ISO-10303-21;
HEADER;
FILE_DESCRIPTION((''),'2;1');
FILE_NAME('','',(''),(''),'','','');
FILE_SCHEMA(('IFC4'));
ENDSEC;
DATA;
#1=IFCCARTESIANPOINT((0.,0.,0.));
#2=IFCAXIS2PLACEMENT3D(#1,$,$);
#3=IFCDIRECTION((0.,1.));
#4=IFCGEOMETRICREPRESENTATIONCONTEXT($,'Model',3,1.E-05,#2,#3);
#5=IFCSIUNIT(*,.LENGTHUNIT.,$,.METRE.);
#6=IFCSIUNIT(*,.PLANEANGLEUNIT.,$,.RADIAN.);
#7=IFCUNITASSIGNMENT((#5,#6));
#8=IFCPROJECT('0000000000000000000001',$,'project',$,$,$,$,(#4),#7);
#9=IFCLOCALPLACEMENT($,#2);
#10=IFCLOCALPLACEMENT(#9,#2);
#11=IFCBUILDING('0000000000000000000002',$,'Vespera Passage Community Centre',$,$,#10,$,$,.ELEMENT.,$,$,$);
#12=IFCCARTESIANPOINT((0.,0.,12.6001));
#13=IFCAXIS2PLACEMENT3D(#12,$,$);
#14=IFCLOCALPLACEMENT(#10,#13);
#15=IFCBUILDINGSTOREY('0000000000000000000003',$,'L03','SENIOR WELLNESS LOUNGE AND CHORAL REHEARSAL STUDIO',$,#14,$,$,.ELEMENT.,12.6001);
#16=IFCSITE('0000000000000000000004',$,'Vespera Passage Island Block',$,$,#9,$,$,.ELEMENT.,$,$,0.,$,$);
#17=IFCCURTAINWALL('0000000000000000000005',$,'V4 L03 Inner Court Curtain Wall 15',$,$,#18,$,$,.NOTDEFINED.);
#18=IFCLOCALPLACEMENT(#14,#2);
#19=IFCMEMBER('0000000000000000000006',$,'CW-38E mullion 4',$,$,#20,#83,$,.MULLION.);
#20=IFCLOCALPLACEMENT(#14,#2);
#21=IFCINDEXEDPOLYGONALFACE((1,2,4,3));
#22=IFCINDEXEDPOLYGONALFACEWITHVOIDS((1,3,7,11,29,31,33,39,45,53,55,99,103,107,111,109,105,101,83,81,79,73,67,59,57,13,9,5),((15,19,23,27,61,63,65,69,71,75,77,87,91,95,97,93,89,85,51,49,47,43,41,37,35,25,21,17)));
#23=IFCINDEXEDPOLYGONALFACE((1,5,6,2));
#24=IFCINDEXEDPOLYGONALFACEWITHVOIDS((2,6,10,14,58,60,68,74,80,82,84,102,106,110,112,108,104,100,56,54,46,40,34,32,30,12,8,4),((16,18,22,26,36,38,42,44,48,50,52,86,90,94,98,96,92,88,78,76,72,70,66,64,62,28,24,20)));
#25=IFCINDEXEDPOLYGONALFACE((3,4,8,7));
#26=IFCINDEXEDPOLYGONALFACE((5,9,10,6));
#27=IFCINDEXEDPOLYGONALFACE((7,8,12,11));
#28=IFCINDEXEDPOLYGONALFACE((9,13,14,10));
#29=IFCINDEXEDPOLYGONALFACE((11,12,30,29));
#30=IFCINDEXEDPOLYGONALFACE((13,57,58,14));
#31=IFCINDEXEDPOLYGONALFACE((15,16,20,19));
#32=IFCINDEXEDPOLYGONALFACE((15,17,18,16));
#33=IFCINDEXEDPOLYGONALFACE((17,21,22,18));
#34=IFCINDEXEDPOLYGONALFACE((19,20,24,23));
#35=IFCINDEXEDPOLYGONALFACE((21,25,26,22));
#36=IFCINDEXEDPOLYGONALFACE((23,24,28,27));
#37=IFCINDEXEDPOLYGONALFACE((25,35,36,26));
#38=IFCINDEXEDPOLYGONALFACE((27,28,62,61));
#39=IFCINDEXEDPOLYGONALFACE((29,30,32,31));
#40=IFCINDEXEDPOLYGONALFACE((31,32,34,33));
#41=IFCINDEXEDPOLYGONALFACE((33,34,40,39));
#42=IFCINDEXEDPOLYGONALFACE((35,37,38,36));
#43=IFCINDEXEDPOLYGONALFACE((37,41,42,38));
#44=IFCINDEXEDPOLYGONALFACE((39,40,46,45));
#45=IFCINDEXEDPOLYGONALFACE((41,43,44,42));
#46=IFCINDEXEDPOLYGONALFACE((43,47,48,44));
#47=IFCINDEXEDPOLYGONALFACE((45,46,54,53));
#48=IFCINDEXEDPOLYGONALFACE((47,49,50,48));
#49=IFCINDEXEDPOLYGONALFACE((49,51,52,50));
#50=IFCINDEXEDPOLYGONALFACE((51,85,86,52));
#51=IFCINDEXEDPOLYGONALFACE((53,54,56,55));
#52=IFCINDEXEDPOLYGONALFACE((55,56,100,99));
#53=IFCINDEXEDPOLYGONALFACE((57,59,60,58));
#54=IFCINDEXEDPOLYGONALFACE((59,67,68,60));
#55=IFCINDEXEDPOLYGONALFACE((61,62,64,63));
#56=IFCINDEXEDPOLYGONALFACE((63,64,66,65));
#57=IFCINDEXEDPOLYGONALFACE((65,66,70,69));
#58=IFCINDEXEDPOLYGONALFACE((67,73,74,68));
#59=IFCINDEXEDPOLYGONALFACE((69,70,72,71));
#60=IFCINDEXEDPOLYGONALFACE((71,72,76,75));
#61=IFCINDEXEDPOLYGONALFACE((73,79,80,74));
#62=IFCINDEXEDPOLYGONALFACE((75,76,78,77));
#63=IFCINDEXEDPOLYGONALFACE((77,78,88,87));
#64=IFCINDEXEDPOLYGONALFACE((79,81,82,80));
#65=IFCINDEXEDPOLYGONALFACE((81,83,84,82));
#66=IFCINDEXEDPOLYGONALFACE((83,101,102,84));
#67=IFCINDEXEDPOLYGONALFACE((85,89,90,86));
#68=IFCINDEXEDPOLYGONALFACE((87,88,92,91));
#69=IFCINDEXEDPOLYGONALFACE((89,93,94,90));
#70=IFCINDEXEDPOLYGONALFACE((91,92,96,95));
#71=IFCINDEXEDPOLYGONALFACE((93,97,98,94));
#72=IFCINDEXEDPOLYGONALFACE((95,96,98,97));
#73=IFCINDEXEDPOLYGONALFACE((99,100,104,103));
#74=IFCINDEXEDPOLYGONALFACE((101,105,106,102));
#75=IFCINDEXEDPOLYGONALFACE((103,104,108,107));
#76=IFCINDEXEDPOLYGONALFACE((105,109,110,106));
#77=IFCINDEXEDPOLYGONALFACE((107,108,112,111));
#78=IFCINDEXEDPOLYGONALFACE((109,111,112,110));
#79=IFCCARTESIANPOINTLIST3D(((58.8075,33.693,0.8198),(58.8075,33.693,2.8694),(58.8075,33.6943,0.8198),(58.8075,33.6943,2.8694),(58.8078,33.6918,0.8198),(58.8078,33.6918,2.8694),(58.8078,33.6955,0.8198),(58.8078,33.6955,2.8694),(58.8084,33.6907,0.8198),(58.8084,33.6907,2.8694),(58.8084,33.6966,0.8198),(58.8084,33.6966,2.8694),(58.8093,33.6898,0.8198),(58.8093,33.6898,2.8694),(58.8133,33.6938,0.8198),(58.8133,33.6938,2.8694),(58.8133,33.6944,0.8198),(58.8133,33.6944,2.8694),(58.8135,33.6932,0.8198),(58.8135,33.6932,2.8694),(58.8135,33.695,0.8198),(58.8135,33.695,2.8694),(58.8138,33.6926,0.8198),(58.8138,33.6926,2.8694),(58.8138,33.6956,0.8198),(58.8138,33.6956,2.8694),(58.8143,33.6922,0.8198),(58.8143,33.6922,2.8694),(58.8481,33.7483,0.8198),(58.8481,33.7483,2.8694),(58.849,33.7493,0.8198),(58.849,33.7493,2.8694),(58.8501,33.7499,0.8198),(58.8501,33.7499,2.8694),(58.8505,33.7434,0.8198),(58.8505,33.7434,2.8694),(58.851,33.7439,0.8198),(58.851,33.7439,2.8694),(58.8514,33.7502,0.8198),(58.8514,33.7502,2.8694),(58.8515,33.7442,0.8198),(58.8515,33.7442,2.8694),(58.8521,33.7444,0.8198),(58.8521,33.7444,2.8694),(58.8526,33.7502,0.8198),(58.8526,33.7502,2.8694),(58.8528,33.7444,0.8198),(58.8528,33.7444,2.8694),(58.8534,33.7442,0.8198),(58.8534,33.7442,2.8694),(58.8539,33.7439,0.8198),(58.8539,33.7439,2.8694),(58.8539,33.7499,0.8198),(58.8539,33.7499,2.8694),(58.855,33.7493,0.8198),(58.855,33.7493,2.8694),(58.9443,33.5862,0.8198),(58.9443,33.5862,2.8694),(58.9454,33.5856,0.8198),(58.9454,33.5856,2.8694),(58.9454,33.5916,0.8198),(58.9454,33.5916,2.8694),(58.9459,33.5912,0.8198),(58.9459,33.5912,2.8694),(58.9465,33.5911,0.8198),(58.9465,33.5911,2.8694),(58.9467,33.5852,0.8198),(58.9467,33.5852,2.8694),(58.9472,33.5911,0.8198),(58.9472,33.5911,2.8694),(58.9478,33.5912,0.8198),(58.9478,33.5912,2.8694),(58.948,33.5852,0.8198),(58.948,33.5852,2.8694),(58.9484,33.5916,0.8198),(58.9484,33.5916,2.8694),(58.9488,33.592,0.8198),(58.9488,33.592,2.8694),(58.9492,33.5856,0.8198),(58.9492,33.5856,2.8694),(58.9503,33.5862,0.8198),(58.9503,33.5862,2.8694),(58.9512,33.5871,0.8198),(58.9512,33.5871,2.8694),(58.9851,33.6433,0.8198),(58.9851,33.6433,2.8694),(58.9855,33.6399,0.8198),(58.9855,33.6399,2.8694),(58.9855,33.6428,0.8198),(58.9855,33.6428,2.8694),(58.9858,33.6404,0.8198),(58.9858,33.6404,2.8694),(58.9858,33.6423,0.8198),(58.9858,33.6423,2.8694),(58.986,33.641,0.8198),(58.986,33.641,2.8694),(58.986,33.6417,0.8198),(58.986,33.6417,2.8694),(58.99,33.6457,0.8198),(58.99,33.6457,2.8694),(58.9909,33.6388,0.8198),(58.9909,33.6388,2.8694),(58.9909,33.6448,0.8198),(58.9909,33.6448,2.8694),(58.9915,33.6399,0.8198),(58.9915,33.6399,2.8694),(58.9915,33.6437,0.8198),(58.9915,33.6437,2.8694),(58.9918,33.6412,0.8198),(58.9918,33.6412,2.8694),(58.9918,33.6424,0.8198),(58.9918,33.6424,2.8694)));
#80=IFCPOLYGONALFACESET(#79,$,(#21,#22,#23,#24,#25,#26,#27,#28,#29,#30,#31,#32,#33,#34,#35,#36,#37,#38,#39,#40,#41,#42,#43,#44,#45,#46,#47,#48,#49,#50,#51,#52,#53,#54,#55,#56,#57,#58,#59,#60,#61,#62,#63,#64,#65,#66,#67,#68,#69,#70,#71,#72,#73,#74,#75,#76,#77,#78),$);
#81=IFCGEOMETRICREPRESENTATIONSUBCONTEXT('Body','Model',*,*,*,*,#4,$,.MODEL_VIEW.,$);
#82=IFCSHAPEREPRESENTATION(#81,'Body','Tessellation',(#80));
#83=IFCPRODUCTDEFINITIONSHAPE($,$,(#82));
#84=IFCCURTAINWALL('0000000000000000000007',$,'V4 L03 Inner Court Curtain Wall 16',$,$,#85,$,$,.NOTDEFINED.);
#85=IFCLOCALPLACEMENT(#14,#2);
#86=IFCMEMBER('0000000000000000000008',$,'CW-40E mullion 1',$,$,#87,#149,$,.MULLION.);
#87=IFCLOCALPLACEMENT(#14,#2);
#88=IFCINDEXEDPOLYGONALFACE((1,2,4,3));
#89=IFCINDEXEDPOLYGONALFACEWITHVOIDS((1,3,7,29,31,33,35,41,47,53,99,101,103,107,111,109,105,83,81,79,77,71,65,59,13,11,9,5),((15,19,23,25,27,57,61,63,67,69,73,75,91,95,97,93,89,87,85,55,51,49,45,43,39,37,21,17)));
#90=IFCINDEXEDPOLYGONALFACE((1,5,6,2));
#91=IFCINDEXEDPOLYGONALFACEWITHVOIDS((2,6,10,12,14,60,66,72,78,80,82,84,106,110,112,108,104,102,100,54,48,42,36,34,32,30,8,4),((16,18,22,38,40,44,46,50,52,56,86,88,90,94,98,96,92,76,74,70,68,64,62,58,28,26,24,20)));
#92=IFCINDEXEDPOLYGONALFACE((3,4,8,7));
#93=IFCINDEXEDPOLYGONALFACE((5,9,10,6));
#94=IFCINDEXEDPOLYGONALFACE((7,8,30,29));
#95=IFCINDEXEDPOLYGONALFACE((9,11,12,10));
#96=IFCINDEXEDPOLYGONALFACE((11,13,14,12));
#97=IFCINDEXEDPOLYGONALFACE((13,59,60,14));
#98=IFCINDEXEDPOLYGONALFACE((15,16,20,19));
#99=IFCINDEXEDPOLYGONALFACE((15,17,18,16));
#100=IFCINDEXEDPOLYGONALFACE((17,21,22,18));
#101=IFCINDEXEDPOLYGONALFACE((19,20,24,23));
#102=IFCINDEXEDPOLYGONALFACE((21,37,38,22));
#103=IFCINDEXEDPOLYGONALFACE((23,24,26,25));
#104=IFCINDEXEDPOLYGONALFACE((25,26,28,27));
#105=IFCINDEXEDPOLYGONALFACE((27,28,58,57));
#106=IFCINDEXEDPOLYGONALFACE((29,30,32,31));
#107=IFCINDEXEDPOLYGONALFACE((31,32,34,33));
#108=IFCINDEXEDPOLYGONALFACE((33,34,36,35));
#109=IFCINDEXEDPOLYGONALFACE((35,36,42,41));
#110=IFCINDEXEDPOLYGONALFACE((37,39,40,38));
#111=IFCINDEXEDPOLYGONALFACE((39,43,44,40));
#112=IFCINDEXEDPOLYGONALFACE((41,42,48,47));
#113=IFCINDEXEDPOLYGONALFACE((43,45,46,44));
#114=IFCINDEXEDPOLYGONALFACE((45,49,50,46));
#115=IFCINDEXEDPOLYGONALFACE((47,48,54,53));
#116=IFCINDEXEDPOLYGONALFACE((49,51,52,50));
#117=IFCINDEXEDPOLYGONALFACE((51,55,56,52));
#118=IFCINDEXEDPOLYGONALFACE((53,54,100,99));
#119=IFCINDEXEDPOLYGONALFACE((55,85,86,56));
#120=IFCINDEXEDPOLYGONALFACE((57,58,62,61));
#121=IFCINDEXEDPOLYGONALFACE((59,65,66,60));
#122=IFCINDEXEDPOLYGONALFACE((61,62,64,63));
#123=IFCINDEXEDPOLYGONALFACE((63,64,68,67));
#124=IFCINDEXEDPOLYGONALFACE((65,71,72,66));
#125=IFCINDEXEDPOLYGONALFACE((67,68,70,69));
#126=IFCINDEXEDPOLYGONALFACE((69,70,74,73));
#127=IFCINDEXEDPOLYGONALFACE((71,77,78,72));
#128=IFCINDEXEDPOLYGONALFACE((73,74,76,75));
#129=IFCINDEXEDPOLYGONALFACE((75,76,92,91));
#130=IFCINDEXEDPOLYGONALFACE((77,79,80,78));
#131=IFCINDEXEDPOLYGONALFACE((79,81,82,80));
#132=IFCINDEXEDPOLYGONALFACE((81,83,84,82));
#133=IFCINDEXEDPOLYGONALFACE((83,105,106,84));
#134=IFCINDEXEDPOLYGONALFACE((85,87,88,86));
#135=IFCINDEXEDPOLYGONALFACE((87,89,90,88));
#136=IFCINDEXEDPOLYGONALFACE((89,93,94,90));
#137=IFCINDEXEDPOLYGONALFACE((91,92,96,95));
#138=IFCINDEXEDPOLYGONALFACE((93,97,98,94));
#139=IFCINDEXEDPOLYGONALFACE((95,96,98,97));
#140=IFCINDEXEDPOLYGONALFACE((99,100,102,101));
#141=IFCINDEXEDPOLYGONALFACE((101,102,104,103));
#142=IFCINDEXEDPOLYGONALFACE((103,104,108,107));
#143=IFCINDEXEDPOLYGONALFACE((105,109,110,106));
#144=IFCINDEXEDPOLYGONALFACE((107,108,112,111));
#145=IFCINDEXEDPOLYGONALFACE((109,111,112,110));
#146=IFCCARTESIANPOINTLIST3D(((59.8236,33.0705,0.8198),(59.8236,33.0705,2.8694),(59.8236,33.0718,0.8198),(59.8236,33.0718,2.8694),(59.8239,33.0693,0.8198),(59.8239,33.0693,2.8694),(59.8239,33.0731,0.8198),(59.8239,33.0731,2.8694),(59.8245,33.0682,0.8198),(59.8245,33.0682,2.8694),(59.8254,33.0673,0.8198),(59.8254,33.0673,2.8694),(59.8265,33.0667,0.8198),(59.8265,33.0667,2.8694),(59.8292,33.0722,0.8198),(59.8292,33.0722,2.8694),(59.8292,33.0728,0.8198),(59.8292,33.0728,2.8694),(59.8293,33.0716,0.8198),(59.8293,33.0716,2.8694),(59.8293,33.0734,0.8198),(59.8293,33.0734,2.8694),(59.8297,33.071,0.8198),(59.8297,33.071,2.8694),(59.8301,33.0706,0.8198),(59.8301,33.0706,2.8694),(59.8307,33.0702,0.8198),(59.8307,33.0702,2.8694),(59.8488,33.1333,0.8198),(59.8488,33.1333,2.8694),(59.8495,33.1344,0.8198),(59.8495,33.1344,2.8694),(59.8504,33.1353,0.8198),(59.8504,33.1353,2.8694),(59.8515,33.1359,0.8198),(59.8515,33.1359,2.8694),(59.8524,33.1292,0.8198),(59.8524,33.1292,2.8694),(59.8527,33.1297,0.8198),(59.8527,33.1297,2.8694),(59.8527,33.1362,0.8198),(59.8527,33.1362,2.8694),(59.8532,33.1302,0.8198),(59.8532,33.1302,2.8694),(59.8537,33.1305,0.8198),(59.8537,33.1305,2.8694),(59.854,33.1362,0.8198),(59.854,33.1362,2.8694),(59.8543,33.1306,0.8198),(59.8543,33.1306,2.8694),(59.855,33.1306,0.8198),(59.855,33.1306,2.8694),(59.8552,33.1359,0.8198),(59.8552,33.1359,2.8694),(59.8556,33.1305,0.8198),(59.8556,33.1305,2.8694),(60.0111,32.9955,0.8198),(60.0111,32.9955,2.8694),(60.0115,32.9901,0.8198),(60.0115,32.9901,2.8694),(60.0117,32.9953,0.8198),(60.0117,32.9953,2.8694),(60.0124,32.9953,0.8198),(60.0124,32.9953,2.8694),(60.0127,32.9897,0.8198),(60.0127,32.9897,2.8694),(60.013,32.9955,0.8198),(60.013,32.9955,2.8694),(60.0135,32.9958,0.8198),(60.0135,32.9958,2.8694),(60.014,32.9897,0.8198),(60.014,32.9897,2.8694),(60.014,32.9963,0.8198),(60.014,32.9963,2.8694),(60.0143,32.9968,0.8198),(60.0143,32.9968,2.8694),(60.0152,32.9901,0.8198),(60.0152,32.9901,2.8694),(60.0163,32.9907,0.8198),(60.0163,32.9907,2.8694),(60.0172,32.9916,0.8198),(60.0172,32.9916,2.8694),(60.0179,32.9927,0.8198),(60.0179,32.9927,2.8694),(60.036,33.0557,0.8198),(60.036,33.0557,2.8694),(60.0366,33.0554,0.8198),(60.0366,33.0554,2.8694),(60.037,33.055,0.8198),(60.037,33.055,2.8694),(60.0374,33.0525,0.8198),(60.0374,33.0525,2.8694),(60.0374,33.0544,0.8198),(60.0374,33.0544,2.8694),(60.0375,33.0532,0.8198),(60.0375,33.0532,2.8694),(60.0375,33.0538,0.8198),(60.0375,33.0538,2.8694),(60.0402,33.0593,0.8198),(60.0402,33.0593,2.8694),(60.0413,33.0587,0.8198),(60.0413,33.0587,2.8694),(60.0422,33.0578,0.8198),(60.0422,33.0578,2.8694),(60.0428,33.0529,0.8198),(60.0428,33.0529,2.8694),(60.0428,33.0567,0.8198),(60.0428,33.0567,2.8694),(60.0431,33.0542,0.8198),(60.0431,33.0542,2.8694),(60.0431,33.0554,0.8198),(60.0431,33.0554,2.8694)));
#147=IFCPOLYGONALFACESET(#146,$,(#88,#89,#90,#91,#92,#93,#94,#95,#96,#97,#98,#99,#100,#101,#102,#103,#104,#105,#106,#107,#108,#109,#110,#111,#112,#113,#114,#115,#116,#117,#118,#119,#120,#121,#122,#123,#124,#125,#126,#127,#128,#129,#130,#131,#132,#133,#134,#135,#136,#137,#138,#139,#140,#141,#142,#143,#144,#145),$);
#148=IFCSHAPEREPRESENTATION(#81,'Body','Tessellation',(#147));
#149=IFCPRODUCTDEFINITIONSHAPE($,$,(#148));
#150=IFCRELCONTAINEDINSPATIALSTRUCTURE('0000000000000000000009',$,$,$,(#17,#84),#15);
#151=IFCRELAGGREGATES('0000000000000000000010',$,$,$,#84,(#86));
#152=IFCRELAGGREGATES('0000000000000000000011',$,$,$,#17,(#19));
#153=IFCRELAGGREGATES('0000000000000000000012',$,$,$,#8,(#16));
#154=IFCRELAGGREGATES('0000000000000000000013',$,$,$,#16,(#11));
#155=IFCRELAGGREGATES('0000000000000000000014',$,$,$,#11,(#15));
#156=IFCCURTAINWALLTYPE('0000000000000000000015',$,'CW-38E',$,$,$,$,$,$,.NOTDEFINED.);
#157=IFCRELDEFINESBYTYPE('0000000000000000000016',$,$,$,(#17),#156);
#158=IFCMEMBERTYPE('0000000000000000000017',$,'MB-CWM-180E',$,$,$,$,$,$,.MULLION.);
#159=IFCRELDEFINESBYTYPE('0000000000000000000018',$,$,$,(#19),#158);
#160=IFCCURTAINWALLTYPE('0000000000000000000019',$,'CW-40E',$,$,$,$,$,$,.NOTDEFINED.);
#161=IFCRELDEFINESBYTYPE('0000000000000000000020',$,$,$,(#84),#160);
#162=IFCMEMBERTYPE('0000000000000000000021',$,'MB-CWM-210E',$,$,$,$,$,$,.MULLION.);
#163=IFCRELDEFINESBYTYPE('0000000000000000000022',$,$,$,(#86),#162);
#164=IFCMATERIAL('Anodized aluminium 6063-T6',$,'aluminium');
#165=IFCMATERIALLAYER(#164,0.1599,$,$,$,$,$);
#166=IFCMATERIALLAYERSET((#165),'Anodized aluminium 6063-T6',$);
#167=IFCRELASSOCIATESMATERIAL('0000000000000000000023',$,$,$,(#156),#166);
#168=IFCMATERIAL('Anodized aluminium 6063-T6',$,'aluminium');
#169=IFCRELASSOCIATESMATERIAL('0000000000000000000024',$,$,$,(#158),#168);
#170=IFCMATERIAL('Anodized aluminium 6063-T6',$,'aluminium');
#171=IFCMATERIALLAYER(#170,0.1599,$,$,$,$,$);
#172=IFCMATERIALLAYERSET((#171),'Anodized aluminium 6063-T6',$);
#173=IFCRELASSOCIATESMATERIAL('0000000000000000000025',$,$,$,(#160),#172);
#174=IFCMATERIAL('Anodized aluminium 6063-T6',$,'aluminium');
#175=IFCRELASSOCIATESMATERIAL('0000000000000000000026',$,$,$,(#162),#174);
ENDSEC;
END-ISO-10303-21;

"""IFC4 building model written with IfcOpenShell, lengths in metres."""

from ifc_helpers import new_model, si_unit, direction, frame, origin, origin_2d, place, context, subcontext, project, spatial, hollow_rectangle, extrude, material, layer, layer_set, material_profile, profile_set, type_object, element, aggregate, save


model = new_model("IFC4")

# Units and contexts
model_context = context("Model", 3, precision=1e-05, world=origin(), true_north=direction((0.0, 1.0)))
body_context = subcontext(model_context, "Body", "Model", "MODEL_VIEW")
ifc_project = project(units=[si_unit("LENGTHUNIT", "METRE"), si_unit("PLANEANGLEUNIT", "RADIAN")], contexts=[model_context])

# Site, building, storey
site_placement = place(None, origin())
site = spatial("IfcSite", under=ifc_project, at=site_placement, Name="Vespera Passage Island Block", CompositionType="ELEMENT", RefElevation=0.0)
building_placement = place(site_placement, origin())
building = spatial("IfcBuilding", under=site, at=building_placement, Name="Vespera Passage Community Centre", CompositionType="ELEMENT")
storey_placement = place(building_placement, frame((0.0, 0.0, 12.6001)))
storey = spatial("IfcBuildingStorey", under=building, at=storey_placement, Name="L03", Description="SENIOR WELLNESS LOUNGE AND CHORAL REHEARSAL STUDIO", CompositionType="ELEMENT", Elevation=12.6001)

# Curtain wall, member
ifc_material_1 = material(Name="Anodized aluminium 6063-T6", Category="aluminium")
ifc_layer_1 = layer(ifc_material_1, 0.1599)
ifc_layer_set_1 = layer_set([ifc_layer_1], Name="Anodized aluminium 6063-T6")
curtain_wall_type_1 = type_object("IfcCurtainWallType", Name="CW-38E", PredefinedType="NOTDEFINED", material=ifc_layer_set_1)
curtain_wall_1_placement = place(storey_placement, origin())
curtain_wall_1 = element("IfcCurtainWall", 1, at=curtain_wall_1_placement, inside=storey, type_object=curtain_wall_type_1, Name="V4 L03 Inner Court Curtain Wall 15", PredefinedType="NOTDEFINED")
ifc_material_2 = material(Name="Anodized aluminium 6063-T6", Category="aluminium")
ifc_material_profile_1 = material_profile(ifc_material_2, hollow_rectangle(XDim=0.075, YDim=0.1799, WallThickness=0.0049, InnerFilletRadius=0.0024, OuterFilletRadius=0.0049, at=origin_2d()), Name="ALU180X75X5")
ifc_profile_set_1 = profile_set([ifc_material_profile_1], Name="Anodized aluminium 6063-T6")
member_type_1 = type_object("IfcMemberType", Name="MB-CWM-180E", PredefinedType="MULLION", material=ifc_profile_set_1)
member_1_placement = place(storey_placement, frame((58.8997, 33.6677, 0.8198), z_axis=(0.0, 0.0, 1.0), x_axis=(0.608755, 0.793358, 0.0)))
member_1 = element("IfcMember", 2, at=member_1_placement, type_object=member_type_1, Name="CW-38E mullion 4", PredefinedType="MULLION", context=body_context, shape_type="SweptSolid", body=[
    extrude(hollow_rectangle(XDim=0.075, YDim=0.1799, WallThickness=0.0049, InnerFilletRadius=0.0024, OuterFilletRadius=0.0049, at=origin_2d()), origin(), (0.0, 0.0, 1.0), 2.0496),
])

# Curtain wall, member
ifc_material_3 = material(Name="Anodized aluminium 6063-T6", Category="aluminium")
ifc_layer_2 = layer(ifc_material_3, 0.1599)
ifc_layer_set_2 = layer_set([ifc_layer_2], Name="Anodized aluminium 6063-T6")
curtain_wall_type_2 = type_object("IfcCurtainWallType", Name="CW-40E", PredefinedType="NOTDEFINED", material=ifc_layer_set_2)
curtain_wall_2_placement = place(storey_placement, origin())
curtain_wall_2 = element("IfcCurtainWall", 3, at=curtain_wall_2_placement, inside=storey, type_object=curtain_wall_type_2, Name="V4 L03 Inner Court Curtain Wall 16", PredefinedType="NOTDEFINED")
ifc_material_4 = material(Name="Anodized aluminium 6063-T6", Category="aluminium")
ifc_material_profile_2 = material_profile(ifc_material_4, hollow_rectangle(XDim=0.075, YDim=0.21, WallThickness=0.0049, InnerFilletRadius=0.0024, OuterFilletRadius=0.0049, at=origin_2d()), Name="ALU210X75X5")
ifc_profile_set_2 = profile_set([ifc_material_profile_2], Name="Anodized aluminium 6063-T6")
member_type_2 = type_object("IfcMemberType", Name="MB-CWM-210E", PredefinedType="MULLION", material=ifc_profile_set_2)
member_2_placement = place(storey_placement, frame((59.9333, 33.063, 0.8198), z_axis=(0.0, 0.0, 1.0), x_axis=(0.38269, 0.923877, 0.0)))
member_2 = element("IfcMember", 4, at=member_2_placement, type_object=member_type_2, Name="CW-40E mullion 1", PredefinedType="MULLION", context=body_context, shape_type="SweptSolid", body=[
    extrude(hollow_rectangle(XDim=0.075, YDim=0.21, WallThickness=0.0049, InnerFilletRadius=0.0024, OuterFilletRadius=0.0049, at=origin_2d()), origin(), (0.0, 0.0, 1.0), 2.0496),
])
aggregate(curtain_wall_2, [member_2])

aggregate(curtain_wall_1, [member_1])

save(model, "model.ifc")
